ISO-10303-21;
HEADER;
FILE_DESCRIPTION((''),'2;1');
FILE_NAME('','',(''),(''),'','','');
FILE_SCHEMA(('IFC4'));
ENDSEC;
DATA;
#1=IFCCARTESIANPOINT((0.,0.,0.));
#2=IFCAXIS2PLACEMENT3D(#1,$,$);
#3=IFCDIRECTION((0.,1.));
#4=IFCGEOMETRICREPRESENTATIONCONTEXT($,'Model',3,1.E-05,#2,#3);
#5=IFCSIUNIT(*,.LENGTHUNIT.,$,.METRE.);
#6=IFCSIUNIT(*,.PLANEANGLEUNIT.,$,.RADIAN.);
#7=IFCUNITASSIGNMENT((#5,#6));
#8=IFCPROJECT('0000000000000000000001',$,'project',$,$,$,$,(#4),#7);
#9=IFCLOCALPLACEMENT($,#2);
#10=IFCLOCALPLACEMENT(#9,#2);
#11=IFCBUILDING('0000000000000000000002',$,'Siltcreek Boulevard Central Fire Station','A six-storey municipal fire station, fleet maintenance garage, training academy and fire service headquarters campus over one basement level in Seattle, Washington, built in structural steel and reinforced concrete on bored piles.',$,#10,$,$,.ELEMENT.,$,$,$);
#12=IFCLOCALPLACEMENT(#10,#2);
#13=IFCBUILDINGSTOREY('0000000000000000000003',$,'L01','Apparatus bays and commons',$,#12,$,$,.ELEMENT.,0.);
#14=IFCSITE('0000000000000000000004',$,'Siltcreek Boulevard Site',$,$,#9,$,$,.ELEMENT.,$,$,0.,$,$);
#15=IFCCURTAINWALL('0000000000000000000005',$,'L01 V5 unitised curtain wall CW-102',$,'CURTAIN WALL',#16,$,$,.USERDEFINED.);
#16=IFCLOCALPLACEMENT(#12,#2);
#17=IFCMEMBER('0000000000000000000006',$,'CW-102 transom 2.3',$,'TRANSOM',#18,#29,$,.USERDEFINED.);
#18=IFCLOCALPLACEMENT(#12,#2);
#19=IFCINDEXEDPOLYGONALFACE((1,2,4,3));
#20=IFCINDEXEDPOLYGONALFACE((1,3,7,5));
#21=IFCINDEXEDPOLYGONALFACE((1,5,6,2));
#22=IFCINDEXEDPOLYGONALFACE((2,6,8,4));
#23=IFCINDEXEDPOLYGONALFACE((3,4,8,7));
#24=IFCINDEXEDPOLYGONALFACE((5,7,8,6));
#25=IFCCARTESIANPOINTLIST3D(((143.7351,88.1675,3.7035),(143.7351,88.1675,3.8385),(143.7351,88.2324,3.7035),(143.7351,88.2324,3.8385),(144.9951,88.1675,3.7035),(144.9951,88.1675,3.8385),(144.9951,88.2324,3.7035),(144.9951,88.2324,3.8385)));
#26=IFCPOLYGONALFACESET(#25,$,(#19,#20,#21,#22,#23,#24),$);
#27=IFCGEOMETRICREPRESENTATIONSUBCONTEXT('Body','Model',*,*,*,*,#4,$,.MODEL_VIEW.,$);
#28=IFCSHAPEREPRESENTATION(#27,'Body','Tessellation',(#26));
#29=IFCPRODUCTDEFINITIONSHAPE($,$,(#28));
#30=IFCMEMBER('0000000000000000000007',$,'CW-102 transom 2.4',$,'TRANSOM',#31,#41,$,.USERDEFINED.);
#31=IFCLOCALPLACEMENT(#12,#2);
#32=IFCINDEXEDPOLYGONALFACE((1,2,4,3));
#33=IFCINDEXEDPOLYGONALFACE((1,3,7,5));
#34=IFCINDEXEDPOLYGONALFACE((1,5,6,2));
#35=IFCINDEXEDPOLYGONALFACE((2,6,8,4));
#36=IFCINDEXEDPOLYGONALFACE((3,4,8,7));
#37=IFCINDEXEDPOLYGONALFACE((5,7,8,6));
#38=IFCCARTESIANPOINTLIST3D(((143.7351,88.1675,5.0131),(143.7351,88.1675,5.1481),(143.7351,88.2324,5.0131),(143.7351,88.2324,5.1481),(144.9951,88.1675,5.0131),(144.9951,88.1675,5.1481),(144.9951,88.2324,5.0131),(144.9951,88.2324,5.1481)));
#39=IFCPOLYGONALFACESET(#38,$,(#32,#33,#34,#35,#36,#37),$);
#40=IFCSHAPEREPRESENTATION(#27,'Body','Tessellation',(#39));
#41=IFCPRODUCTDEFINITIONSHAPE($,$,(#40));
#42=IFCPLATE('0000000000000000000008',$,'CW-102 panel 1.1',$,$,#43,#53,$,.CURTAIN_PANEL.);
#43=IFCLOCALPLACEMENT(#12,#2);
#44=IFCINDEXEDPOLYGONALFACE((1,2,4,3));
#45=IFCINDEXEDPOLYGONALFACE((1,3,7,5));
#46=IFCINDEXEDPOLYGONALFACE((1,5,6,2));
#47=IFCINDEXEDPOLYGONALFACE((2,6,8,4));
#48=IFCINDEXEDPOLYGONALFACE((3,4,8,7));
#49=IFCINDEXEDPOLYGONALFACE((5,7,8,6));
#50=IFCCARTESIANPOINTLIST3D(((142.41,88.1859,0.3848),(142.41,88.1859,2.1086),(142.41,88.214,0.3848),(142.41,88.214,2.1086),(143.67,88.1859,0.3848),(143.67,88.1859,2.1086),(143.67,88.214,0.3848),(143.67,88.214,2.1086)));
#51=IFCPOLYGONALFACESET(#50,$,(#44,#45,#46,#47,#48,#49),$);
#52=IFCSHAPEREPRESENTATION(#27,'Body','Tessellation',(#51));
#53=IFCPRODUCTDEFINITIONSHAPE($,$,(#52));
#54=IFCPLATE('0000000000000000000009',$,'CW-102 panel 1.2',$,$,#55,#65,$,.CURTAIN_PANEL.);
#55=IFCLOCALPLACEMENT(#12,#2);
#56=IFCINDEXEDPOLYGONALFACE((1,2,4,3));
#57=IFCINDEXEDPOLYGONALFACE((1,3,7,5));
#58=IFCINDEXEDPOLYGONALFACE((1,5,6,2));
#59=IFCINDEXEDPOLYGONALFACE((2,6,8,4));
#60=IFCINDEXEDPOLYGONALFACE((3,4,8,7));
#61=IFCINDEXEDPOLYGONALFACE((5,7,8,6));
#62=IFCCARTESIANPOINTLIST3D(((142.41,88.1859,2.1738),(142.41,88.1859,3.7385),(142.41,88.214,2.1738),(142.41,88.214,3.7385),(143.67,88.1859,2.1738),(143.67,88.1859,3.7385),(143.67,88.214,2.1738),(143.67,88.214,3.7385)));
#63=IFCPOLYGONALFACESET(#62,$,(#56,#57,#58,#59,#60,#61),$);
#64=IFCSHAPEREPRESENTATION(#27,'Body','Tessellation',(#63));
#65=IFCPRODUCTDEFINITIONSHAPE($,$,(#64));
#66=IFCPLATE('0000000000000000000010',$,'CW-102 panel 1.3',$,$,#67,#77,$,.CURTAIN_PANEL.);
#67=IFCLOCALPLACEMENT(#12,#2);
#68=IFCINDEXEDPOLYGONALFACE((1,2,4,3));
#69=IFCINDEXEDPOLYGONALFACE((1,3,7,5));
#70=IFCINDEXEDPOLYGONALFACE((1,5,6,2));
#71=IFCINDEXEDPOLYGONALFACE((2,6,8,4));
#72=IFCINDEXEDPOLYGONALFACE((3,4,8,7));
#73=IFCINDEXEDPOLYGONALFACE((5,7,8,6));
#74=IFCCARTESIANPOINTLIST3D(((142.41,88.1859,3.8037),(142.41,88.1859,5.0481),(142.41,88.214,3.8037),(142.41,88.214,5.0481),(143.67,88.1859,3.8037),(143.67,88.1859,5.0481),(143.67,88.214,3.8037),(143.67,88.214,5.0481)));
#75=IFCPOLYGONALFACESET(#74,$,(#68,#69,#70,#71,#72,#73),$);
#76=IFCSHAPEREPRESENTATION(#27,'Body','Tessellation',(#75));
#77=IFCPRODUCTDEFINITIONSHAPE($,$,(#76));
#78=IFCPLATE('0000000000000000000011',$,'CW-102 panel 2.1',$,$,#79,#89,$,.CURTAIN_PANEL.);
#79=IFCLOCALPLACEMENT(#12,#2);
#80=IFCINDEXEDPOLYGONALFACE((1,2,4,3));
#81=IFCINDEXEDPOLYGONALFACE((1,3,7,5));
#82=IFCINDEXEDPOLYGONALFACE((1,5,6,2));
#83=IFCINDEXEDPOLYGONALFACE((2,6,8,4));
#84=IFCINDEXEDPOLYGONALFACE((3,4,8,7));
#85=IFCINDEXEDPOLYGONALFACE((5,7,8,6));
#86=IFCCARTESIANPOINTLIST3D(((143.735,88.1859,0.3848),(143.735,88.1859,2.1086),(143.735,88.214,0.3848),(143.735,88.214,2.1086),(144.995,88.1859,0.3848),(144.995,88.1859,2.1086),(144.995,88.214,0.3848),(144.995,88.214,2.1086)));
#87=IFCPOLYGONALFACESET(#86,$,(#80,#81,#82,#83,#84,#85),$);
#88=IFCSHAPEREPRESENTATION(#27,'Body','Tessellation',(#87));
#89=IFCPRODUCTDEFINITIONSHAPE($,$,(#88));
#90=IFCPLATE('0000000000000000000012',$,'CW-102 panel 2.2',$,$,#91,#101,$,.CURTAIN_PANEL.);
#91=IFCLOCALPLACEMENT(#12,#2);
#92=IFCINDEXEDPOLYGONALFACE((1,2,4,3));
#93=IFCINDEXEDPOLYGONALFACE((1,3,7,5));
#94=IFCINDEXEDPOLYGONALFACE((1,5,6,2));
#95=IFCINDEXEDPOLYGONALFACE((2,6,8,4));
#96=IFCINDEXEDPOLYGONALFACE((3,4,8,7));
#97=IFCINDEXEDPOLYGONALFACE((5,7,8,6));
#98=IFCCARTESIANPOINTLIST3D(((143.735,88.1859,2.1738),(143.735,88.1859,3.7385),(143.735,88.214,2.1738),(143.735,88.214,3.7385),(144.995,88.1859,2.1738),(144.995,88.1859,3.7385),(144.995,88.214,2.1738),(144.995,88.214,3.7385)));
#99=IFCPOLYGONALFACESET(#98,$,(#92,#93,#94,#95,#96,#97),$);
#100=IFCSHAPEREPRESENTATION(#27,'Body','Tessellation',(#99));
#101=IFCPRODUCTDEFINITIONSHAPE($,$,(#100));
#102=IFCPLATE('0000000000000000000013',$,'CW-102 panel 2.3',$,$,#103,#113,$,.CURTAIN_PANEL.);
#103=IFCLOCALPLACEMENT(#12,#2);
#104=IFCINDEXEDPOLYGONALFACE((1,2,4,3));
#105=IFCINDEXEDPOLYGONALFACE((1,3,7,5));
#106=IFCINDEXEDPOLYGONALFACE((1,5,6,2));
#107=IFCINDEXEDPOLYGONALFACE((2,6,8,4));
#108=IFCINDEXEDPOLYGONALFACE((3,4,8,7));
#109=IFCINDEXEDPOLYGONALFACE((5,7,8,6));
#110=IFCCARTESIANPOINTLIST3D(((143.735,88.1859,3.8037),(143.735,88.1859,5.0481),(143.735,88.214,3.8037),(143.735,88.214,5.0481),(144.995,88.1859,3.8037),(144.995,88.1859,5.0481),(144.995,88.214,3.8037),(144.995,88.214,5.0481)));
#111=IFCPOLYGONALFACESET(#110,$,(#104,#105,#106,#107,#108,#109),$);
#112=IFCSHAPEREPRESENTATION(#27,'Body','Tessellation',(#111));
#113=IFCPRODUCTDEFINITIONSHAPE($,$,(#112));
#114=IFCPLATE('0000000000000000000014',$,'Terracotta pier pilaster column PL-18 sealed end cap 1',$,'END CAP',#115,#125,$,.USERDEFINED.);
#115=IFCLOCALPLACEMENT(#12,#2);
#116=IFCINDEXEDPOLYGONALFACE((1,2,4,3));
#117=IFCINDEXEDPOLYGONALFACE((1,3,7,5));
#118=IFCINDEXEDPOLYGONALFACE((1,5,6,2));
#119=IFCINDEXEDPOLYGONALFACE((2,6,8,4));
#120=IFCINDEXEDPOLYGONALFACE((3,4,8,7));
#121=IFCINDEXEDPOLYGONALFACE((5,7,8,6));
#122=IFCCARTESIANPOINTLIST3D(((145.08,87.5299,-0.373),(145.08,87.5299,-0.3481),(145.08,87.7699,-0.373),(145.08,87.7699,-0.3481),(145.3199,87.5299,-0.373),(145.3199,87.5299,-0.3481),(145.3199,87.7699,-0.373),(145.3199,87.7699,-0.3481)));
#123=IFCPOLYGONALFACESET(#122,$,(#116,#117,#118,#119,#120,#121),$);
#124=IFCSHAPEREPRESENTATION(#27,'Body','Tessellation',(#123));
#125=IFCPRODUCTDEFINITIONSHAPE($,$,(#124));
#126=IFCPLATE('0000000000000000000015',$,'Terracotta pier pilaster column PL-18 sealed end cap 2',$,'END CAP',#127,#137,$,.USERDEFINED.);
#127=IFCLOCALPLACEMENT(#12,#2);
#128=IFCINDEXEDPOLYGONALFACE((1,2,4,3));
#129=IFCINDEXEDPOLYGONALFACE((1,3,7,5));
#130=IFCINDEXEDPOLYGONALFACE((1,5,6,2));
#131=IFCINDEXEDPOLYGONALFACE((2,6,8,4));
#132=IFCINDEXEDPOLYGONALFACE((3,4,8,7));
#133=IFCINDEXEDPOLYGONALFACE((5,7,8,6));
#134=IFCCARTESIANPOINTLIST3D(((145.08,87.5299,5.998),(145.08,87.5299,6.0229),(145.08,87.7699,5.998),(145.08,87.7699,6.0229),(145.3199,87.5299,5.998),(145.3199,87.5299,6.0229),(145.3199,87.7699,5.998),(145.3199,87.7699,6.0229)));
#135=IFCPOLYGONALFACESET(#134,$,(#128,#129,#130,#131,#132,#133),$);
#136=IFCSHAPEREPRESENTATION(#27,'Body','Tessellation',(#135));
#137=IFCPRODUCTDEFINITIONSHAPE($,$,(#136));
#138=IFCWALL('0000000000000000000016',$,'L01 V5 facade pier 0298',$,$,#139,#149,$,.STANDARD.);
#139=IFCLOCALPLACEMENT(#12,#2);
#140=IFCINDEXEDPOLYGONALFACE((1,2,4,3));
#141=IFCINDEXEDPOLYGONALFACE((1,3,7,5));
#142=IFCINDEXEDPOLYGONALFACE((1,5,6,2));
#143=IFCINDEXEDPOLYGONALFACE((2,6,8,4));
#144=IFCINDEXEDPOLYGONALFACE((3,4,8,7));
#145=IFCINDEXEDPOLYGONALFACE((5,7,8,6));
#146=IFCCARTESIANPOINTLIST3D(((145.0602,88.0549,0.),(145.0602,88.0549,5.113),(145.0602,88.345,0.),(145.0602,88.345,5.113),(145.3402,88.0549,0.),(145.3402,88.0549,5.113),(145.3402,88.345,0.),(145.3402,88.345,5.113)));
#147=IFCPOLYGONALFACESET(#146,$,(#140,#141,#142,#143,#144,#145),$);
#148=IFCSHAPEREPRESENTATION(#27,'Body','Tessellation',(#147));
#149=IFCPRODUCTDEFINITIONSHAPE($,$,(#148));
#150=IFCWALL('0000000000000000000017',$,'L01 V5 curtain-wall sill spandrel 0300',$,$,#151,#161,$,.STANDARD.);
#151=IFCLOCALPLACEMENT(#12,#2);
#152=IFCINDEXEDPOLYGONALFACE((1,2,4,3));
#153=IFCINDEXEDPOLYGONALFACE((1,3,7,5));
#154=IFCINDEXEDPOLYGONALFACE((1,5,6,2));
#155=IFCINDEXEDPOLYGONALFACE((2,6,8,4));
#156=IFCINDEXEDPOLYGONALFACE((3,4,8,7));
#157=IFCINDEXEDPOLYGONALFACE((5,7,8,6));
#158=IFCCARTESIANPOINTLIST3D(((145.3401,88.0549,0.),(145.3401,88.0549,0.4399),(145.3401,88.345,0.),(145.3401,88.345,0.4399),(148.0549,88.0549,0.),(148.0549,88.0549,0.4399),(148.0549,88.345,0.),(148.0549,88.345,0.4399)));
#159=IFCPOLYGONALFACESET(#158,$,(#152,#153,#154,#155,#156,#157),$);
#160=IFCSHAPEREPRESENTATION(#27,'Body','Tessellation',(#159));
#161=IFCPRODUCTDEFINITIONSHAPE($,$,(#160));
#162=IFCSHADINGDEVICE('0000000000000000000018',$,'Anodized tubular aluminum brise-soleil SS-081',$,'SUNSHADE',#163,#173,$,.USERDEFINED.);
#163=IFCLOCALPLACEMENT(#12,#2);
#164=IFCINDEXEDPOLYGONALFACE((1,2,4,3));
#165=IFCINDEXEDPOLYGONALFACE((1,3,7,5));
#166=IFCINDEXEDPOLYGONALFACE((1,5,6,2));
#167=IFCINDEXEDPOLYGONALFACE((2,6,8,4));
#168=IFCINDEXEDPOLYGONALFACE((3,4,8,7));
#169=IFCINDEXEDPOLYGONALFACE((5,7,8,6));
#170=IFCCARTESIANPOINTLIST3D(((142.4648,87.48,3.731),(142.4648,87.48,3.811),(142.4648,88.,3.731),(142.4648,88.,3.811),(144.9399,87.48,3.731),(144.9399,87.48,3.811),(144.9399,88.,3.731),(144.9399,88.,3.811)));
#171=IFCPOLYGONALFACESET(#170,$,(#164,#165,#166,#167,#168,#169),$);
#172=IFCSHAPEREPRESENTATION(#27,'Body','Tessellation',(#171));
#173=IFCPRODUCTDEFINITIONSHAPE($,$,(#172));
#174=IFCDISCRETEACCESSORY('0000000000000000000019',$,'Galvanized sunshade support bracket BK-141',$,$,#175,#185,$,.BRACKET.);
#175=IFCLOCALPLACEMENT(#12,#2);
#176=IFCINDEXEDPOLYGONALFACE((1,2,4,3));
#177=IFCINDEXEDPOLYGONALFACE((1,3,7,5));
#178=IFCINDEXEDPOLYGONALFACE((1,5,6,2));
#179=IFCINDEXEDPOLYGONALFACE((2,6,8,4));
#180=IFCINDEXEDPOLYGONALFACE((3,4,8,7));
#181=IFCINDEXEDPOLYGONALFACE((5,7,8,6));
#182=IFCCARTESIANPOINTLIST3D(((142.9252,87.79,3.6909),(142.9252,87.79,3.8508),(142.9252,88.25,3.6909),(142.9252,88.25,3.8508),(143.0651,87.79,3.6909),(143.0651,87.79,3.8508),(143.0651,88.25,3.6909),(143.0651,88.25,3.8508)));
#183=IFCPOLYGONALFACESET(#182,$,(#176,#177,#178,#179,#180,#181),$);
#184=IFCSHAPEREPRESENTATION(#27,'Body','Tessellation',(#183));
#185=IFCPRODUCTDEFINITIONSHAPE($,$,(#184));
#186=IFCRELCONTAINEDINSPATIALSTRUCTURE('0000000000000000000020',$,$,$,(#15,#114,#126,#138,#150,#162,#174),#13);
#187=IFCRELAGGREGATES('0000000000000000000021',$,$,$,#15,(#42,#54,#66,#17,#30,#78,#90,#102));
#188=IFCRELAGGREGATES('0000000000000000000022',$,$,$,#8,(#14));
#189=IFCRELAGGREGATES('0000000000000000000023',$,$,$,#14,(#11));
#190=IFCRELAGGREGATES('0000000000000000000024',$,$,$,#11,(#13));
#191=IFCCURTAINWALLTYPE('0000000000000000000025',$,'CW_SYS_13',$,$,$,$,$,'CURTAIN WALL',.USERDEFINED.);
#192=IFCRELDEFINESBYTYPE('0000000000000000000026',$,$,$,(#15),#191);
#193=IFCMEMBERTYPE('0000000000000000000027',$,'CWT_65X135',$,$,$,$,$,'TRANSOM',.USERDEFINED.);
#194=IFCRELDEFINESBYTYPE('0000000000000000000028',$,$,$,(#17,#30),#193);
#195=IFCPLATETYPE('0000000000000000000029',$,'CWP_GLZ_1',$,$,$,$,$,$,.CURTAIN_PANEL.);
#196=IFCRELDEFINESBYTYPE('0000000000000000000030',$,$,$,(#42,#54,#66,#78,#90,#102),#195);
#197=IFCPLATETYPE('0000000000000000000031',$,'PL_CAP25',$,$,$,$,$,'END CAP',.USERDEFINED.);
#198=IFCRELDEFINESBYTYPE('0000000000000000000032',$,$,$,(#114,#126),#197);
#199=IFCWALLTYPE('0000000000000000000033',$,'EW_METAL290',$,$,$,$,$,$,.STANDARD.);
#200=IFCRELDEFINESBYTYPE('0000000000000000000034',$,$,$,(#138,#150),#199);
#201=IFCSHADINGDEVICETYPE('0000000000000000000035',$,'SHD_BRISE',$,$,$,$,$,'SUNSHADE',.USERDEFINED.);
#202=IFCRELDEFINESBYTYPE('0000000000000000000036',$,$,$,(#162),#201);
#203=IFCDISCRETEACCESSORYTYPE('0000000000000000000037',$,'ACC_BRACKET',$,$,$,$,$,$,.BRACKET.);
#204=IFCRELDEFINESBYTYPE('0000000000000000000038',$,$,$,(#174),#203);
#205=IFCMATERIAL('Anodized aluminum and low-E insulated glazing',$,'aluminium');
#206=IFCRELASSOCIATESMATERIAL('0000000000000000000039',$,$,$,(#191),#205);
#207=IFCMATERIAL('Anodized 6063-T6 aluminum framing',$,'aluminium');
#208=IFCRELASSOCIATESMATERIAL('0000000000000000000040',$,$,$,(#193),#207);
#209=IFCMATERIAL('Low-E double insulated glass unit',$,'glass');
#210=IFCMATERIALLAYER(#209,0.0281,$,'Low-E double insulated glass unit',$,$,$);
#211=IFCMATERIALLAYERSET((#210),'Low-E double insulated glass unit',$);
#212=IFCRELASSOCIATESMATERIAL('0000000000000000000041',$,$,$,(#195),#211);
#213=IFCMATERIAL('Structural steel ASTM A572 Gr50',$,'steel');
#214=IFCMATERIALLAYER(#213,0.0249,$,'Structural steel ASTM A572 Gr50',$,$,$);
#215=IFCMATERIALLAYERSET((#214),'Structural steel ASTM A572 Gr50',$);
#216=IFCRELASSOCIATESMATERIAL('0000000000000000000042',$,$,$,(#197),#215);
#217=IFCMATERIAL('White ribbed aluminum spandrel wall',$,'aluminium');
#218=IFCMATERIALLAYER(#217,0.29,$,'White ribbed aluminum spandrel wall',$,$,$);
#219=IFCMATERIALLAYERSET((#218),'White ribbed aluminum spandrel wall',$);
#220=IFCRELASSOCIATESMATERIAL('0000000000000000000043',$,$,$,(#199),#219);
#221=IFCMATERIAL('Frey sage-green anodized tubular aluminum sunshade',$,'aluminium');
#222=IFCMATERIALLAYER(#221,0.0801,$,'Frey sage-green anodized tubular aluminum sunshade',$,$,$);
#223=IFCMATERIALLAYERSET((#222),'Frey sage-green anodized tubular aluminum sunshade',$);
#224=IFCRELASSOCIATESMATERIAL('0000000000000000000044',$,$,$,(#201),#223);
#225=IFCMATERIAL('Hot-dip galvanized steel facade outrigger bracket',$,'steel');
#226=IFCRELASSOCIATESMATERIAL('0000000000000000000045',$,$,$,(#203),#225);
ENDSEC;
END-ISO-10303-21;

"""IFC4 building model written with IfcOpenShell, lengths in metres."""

from ifc_helpers import new_model, si_unit, direction, frame, frame_2d, origin, origin_2d, place, context, subcontext, project, spatial, rectangle, extrude, material, layer, layer_set, material_profile, profile_set, type_object, element, aggregate, save


model = new_model("IFC4")

# Units and contexts
model_context = context("Model", 3, precision=1e-05, world=origin(), true_north=direction((0.0, 1.0)))
body_context = subcontext(model_context, "Body", "Model", "MODEL_VIEW")
ifc_project = project(units=[si_unit("LENGTHUNIT", "METRE"), si_unit("PLANEANGLEUNIT", "RADIAN")], contexts=[model_context])

# Site, building, storey
site_placement = place(None, origin())
site = spatial("IfcSite", under=ifc_project, at=site_placement, Name="Siltcreek Boulevard Site", CompositionType="ELEMENT", RefElevation=0.0)
building_placement = place(site_placement, origin())
building = spatial("IfcBuilding", under=site, at=building_placement, Name="Siltcreek Boulevard Central Fire Station", Description="A six-storey municipal fire station, fleet maintenance garage, training academy and fire service headquarters campus over one basement level in Seattle, Washington, built in structural steel and reinforced concrete on bored piles.", CompositionType="ELEMENT")
storey_placement = place(building_placement, origin())
storey = spatial("IfcBuildingStorey", under=building, at=storey_placement, Name="L01", Description="Apparatus bays and commons", CompositionType="ELEMENT", Elevation=0.0)

# Shared definitions
ifc_material_1 = material(Name="Anodized aluminum and low-E insulated glazing", Category="aluminium")
ifc_material_2 = material(Name="Anodized 6063-T6 aluminum framing", Category="aluminium")

# Curtain wall
curtain_wall_type_1 = type_object("IfcCurtainWallType", Name="CW_SYS_13", ElementType="CURTAIN WALL", PredefinedType="USERDEFINED", material=ifc_material_1)
curtain_wall_1_placement = place(storey_placement, origin())
curtain_wall_1 = element("IfcCurtainWall", 1, at=curtain_wall_1_placement, inside=storey, type_object=curtain_wall_type_1, Name="L01 V5 unitised curtain wall CW-102", ObjectType="CURTAIN WALL", PredefinedType="USERDEFINED")

# Members
ifc_material_profile_1 = material_profile(ifc_material_2, rectangle(XDim=0.0649, YDim=0.135, at=origin_2d()), Name="TRAN65X135")
ifc_profile_set_1 = profile_set([ifc_material_profile_1], Name="Anodized 6063-T6 aluminum framing")
member_type_1 = type_object("IfcMemberType", Name="CWT_65X135", ElementType="TRANSOM", PredefinedType="USERDEFINED", material=ifc_profile_set_1)
member_1_placement = place(storey_placement, frame((143.7351, 88.2, 3.771), z_axis=(1.0, 0.0, 0.0), x_axis=(0.0, 1.0, 0.0)))
member_1 = element("IfcMember", 2, at=member_1_placement, type_object=member_type_1, Name="CW-102 transom 2.3", ObjectType="TRANSOM", PredefinedType="USERDEFINED", context=body_context, shape_type="SweptSolid", body=[
    extrude(rectangle(XDim=0.0649, YDim=0.135, at=origin_2d()), origin(), (0.0, 0.0, 1.0), 1.26),
])
member_2_placement = place(storey_placement, frame((143.7351, 88.2, 5.0806), z_axis=(1.0, 0.0, 0.0), x_axis=(0.0, 1.0, 0.0)))
member_2 = element("IfcMember", 3, at=member_2_placement, type_object=member_type_1, Name="CW-102 transom 2.4", ObjectType="TRANSOM", PredefinedType="USERDEFINED", context=body_context, shape_type="SweptSolid", body=[
    extrude(rectangle(XDim=0.0649, YDim=0.135, at=origin_2d()), origin(), (0.0, 0.0, 1.0), 1.26),
])

# Plates
ifc_material_3 = material(Name="Low-E double insulated glass unit", Category="glass")
ifc_layer_1 = layer(ifc_material_3, 0.0281, Name="Low-E double insulated glass unit")
ifc_layer_set_1 = layer_set([ifc_layer_1], Name="Low-E double insulated glass unit")
plate_type_1 = type_object("IfcPlateType", Name="CWP_GLZ_1", PredefinedType="CURTAIN_PANEL", material=ifc_layer_set_1)
plate_1_placement = place(storey_placement, frame((143.04, 88.2, 0.3848), z_axis=(0.0, 0.0, 1.0), x_axis=(1.0, 0.0, 0.0)))
plate_1 = element("IfcPlate", 4, at=plate_1_placement, type_object=plate_type_1, Name="CW-102 panel 1.1", PredefinedType="CURTAIN_PANEL", context=body_context, shape_type="SweptSolid", body=[
    extrude(rectangle(XDim=1.26, YDim=0.0281, at=origin_2d()), origin(), (0.0, 0.0, 1.0), 1.7239),
])
plate_2_placement = place(storey_placement, frame((143.04, 88.2, 2.1738), z_axis=(0.0, 0.0, 1.0), x_axis=(1.0, 0.0, 0.0)))
plate_2 = element("IfcPlate", 5, at=plate_2_placement, type_object=plate_type_1, Name="CW-102 panel 1.2", PredefinedType="CURTAIN_PANEL", context=body_context, shape_type="SweptSolid", body=[
    extrude(rectangle(XDim=1.26, YDim=0.0281, at=origin_2d()), origin(), (0.0, 0.0, 1.0), 1.5647),
])
plate_3_placement = place(storey_placement, frame((143.04, 88.2, 3.8037), z_axis=(0.0, 0.0, 1.0), x_axis=(1.0, 0.0, 0.0)))
plate_3 = element("IfcPlate", 6, at=plate_3_placement, type_object=plate_type_1, Name="CW-102 panel 1.3", PredefinedType="CURTAIN_PANEL", context=body_context, shape_type="SweptSolid", body=[
    extrude(rectangle(XDim=1.26, YDim=0.0281, at=origin_2d()), origin(), (0.0, 0.0, 1.0), 1.2444),
])
plate_4_placement = place(storey_placement, frame((144.365, 88.2, 0.3848), z_axis=(0.0, 0.0, 1.0), x_axis=(1.0, 0.0, 0.0)))
plate_4 = element("IfcPlate", 7, at=plate_4_placement, type_object=plate_type_1, Name="CW-102 panel 2.1", PredefinedType="CURTAIN_PANEL", context=body_context, shape_type="SweptSolid", body=[
    extrude(rectangle(XDim=1.26, YDim=0.0281, at=origin_2d()), origin(), (0.0, 0.0, 1.0), 1.7239),
])
plate_5_placement = place(storey_placement, frame((144.365, 88.2, 2.1738), z_axis=(0.0, 0.0, 1.0), x_axis=(1.0, 0.0, 0.0)))
plate_5 = element("IfcPlate", 8, at=plate_5_placement, type_object=plate_type_1, Name="CW-102 panel 2.2", PredefinedType="CURTAIN_PANEL", context=body_context, shape_type="SweptSolid", body=[
    extrude(rectangle(XDim=1.26, YDim=0.0281, at=origin_2d()), origin(), (0.0, 0.0, 1.0), 1.5647),
])
plate_6_placement = place(storey_placement, frame((144.365, 88.2, 3.8037), z_axis=(0.0, 0.0, 1.0), x_axis=(1.0, 0.0, 0.0)))
plate_6 = element("IfcPlate", 9, at=plate_6_placement, type_object=plate_type_1, Name="CW-102 panel 2.3", PredefinedType="CURTAIN_PANEL", context=body_context, shape_type="SweptSolid", body=[
    extrude(rectangle(XDim=1.26, YDim=0.0281, at=origin_2d()), origin(), (0.0, 0.0, 1.0), 1.2444),
])
aggregate(curtain_wall_1, [plate_1, plate_2, plate_3, member_1, member_2, plate_4, plate_5, plate_6])

# Plates
ifc_material_4 = material(Name="Structural steel ASTM A572 Gr50", Category="steel")
ifc_layer_2 = layer(ifc_material_4, 0.0249, Name="Structural steel ASTM A572 Gr50")
ifc_layer_set_2 = layer_set([ifc_layer_2], Name="Structural steel ASTM A572 Gr50")
plate_type_2 = type_object("IfcPlateType", Name="PL_CAP25", ElementType="END CAP", PredefinedType="USERDEFINED", material=ifc_layer_set_2)
for number, where, z_axis, x_axis, name in (
    (10, (145.2, 87.6499, -0.373), (0.0, 0.0, 1.0), (1.0, 0.0, 0.0), "Terracotta pier pilaster column PL-18 sealed end cap 1"),
    (11, (145.2, 87.6499, 5.998), (0.0, 0.0, 1.0), (1.0, 0.0, 0.0), "Terracotta pier pilaster column PL-18 sealed end cap 2"),
):
    element("IfcPlate", number, at=place(storey_placement, frame(where, z_axis=z_axis, x_axis=x_axis)), inside=storey, type_object=plate_type_2, Name=name, ObjectType="END CAP", PredefinedType="USERDEFINED", context=body_context, shape_type="SweptSolid", body=[
        extrude(rectangle(XDim=0.24, YDim=0.24, at=origin_2d()), origin(), (0.0, 0.0, 1.0), 0.0249),
    ])

# Walls
ifc_material_5 = material(Name="White ribbed aluminum spandrel wall", Category="aluminium")
ifc_layer_3 = layer(ifc_material_5, 0.29, Name="White ribbed aluminum spandrel wall")
ifc_layer_set_3 = layer_set([ifc_layer_3], Name="White ribbed aluminum spandrel wall")
wall_type = type_object("IfcWallType", Name="EW_METAL290", PredefinedType="STANDARD", material=ifc_layer_set_3)
wall_1_placement = place(storey_placement, frame((145.0601, 88.2, 0.0), z_axis=(0.0, 0.0, 1.0), x_axis=(1.0, 0.0, 0.0)))
element("IfcWall", 12, at=wall_1_placement, inside=storey, type_object=wall_type, Name="L01 V5 facade pier 0298", PredefinedType="STANDARD", context=body_context, shape_type="SweptSolid", body=[
    extrude(rectangle(XDim=0.28, YDim=0.29, at=frame_2d((0.1401, 0.0))), origin(), (0.0, 0.0, 1.0), 5.113),
])
wall_2_placement = place(storey_placement, frame((145.3401, 88.2, 0.0), z_axis=(0.0, 0.0, 1.0), x_axis=(1.0, 0.0, 0.0)))
element("IfcWall", 13, at=wall_2_placement, inside=storey, type_object=wall_type, Name="L01 V5 curtain-wall sill spandrel 0300", PredefinedType="STANDARD", context=body_context, shape_type="SweptSolid", body=[
    extrude(rectangle(XDim=2.7148, YDim=0.29, at=frame_2d((1.3574, 0.0))), origin(), (0.0, 0.0, 1.0), 0.4399),
])

# Shading device
ifc_material_6 = material(Name="Frey sage-green anodized tubular aluminum sunshade", Category="aluminium")
ifc_layer_4 = layer(ifc_material_6, 0.0801, Name="Frey sage-green anodized tubular aluminum sunshade")
ifc_layer_set_4 = layer_set([ifc_layer_4], Name="Frey sage-green anodized tubular aluminum sunshade")
shading_device_type = type_object("IfcShadingDeviceType", Name="SHD_BRISE", ElementType="SUNSHADE", PredefinedType="USERDEFINED", material=ifc_layer_set_4)
shading_device_placement = place(storey_placement, frame((143.7024, 87.74, 3.731), z_axis=(0.0, 0.0, 1.0), x_axis=(1.0, 0.0, 0.0)))
element("IfcShadingDevice", 14, at=shading_device_placement, inside=storey, type_object=shading_device_type, Name="Anodized tubular aluminum brise-soleil SS-081", ObjectType="SUNSHADE", PredefinedType="USERDEFINED", context=body_context, shape_type="SweptSolid", body=[
    extrude(rectangle(XDim=2.4751, YDim=0.52, at=origin_2d()), origin(), (0.0, 0.0, 1.0), 0.0801),
])

# Discrete accessory
ifc_material_7 = material(Name="Hot-dip galvanized steel facade outrigger bracket", Category="steel")
discrete_accessory_type = type_object("IfcDiscreteAccessoryType", Name="ACC_BRACKET", PredefinedType="BRACKET", material=ifc_material_7)
for number, where, z_axis, x_axis, name in (
    (15, (142.9951, 88.02, 3.6909), (0.0, 0.0, 1.0), (1.0, 0.0, 0.0), "Galvanized sunshade support bracket BK-141"),
):
    element("IfcDiscreteAccessory", number, at=place(storey_placement, frame(where, z_axis=z_axis, x_axis=x_axis)), inside=storey, type_object=discrete_accessory_type, Name=name, PredefinedType="BRACKET", context=body_context, shape_type="SweptSolid", body=[
        extrude(rectangle(XDim=0.1399, YDim=0.46, at=origin_2d()), origin(), (0.0, 0.0, 1.0), 0.1599),
    ])

save(model, "model.ifc")
